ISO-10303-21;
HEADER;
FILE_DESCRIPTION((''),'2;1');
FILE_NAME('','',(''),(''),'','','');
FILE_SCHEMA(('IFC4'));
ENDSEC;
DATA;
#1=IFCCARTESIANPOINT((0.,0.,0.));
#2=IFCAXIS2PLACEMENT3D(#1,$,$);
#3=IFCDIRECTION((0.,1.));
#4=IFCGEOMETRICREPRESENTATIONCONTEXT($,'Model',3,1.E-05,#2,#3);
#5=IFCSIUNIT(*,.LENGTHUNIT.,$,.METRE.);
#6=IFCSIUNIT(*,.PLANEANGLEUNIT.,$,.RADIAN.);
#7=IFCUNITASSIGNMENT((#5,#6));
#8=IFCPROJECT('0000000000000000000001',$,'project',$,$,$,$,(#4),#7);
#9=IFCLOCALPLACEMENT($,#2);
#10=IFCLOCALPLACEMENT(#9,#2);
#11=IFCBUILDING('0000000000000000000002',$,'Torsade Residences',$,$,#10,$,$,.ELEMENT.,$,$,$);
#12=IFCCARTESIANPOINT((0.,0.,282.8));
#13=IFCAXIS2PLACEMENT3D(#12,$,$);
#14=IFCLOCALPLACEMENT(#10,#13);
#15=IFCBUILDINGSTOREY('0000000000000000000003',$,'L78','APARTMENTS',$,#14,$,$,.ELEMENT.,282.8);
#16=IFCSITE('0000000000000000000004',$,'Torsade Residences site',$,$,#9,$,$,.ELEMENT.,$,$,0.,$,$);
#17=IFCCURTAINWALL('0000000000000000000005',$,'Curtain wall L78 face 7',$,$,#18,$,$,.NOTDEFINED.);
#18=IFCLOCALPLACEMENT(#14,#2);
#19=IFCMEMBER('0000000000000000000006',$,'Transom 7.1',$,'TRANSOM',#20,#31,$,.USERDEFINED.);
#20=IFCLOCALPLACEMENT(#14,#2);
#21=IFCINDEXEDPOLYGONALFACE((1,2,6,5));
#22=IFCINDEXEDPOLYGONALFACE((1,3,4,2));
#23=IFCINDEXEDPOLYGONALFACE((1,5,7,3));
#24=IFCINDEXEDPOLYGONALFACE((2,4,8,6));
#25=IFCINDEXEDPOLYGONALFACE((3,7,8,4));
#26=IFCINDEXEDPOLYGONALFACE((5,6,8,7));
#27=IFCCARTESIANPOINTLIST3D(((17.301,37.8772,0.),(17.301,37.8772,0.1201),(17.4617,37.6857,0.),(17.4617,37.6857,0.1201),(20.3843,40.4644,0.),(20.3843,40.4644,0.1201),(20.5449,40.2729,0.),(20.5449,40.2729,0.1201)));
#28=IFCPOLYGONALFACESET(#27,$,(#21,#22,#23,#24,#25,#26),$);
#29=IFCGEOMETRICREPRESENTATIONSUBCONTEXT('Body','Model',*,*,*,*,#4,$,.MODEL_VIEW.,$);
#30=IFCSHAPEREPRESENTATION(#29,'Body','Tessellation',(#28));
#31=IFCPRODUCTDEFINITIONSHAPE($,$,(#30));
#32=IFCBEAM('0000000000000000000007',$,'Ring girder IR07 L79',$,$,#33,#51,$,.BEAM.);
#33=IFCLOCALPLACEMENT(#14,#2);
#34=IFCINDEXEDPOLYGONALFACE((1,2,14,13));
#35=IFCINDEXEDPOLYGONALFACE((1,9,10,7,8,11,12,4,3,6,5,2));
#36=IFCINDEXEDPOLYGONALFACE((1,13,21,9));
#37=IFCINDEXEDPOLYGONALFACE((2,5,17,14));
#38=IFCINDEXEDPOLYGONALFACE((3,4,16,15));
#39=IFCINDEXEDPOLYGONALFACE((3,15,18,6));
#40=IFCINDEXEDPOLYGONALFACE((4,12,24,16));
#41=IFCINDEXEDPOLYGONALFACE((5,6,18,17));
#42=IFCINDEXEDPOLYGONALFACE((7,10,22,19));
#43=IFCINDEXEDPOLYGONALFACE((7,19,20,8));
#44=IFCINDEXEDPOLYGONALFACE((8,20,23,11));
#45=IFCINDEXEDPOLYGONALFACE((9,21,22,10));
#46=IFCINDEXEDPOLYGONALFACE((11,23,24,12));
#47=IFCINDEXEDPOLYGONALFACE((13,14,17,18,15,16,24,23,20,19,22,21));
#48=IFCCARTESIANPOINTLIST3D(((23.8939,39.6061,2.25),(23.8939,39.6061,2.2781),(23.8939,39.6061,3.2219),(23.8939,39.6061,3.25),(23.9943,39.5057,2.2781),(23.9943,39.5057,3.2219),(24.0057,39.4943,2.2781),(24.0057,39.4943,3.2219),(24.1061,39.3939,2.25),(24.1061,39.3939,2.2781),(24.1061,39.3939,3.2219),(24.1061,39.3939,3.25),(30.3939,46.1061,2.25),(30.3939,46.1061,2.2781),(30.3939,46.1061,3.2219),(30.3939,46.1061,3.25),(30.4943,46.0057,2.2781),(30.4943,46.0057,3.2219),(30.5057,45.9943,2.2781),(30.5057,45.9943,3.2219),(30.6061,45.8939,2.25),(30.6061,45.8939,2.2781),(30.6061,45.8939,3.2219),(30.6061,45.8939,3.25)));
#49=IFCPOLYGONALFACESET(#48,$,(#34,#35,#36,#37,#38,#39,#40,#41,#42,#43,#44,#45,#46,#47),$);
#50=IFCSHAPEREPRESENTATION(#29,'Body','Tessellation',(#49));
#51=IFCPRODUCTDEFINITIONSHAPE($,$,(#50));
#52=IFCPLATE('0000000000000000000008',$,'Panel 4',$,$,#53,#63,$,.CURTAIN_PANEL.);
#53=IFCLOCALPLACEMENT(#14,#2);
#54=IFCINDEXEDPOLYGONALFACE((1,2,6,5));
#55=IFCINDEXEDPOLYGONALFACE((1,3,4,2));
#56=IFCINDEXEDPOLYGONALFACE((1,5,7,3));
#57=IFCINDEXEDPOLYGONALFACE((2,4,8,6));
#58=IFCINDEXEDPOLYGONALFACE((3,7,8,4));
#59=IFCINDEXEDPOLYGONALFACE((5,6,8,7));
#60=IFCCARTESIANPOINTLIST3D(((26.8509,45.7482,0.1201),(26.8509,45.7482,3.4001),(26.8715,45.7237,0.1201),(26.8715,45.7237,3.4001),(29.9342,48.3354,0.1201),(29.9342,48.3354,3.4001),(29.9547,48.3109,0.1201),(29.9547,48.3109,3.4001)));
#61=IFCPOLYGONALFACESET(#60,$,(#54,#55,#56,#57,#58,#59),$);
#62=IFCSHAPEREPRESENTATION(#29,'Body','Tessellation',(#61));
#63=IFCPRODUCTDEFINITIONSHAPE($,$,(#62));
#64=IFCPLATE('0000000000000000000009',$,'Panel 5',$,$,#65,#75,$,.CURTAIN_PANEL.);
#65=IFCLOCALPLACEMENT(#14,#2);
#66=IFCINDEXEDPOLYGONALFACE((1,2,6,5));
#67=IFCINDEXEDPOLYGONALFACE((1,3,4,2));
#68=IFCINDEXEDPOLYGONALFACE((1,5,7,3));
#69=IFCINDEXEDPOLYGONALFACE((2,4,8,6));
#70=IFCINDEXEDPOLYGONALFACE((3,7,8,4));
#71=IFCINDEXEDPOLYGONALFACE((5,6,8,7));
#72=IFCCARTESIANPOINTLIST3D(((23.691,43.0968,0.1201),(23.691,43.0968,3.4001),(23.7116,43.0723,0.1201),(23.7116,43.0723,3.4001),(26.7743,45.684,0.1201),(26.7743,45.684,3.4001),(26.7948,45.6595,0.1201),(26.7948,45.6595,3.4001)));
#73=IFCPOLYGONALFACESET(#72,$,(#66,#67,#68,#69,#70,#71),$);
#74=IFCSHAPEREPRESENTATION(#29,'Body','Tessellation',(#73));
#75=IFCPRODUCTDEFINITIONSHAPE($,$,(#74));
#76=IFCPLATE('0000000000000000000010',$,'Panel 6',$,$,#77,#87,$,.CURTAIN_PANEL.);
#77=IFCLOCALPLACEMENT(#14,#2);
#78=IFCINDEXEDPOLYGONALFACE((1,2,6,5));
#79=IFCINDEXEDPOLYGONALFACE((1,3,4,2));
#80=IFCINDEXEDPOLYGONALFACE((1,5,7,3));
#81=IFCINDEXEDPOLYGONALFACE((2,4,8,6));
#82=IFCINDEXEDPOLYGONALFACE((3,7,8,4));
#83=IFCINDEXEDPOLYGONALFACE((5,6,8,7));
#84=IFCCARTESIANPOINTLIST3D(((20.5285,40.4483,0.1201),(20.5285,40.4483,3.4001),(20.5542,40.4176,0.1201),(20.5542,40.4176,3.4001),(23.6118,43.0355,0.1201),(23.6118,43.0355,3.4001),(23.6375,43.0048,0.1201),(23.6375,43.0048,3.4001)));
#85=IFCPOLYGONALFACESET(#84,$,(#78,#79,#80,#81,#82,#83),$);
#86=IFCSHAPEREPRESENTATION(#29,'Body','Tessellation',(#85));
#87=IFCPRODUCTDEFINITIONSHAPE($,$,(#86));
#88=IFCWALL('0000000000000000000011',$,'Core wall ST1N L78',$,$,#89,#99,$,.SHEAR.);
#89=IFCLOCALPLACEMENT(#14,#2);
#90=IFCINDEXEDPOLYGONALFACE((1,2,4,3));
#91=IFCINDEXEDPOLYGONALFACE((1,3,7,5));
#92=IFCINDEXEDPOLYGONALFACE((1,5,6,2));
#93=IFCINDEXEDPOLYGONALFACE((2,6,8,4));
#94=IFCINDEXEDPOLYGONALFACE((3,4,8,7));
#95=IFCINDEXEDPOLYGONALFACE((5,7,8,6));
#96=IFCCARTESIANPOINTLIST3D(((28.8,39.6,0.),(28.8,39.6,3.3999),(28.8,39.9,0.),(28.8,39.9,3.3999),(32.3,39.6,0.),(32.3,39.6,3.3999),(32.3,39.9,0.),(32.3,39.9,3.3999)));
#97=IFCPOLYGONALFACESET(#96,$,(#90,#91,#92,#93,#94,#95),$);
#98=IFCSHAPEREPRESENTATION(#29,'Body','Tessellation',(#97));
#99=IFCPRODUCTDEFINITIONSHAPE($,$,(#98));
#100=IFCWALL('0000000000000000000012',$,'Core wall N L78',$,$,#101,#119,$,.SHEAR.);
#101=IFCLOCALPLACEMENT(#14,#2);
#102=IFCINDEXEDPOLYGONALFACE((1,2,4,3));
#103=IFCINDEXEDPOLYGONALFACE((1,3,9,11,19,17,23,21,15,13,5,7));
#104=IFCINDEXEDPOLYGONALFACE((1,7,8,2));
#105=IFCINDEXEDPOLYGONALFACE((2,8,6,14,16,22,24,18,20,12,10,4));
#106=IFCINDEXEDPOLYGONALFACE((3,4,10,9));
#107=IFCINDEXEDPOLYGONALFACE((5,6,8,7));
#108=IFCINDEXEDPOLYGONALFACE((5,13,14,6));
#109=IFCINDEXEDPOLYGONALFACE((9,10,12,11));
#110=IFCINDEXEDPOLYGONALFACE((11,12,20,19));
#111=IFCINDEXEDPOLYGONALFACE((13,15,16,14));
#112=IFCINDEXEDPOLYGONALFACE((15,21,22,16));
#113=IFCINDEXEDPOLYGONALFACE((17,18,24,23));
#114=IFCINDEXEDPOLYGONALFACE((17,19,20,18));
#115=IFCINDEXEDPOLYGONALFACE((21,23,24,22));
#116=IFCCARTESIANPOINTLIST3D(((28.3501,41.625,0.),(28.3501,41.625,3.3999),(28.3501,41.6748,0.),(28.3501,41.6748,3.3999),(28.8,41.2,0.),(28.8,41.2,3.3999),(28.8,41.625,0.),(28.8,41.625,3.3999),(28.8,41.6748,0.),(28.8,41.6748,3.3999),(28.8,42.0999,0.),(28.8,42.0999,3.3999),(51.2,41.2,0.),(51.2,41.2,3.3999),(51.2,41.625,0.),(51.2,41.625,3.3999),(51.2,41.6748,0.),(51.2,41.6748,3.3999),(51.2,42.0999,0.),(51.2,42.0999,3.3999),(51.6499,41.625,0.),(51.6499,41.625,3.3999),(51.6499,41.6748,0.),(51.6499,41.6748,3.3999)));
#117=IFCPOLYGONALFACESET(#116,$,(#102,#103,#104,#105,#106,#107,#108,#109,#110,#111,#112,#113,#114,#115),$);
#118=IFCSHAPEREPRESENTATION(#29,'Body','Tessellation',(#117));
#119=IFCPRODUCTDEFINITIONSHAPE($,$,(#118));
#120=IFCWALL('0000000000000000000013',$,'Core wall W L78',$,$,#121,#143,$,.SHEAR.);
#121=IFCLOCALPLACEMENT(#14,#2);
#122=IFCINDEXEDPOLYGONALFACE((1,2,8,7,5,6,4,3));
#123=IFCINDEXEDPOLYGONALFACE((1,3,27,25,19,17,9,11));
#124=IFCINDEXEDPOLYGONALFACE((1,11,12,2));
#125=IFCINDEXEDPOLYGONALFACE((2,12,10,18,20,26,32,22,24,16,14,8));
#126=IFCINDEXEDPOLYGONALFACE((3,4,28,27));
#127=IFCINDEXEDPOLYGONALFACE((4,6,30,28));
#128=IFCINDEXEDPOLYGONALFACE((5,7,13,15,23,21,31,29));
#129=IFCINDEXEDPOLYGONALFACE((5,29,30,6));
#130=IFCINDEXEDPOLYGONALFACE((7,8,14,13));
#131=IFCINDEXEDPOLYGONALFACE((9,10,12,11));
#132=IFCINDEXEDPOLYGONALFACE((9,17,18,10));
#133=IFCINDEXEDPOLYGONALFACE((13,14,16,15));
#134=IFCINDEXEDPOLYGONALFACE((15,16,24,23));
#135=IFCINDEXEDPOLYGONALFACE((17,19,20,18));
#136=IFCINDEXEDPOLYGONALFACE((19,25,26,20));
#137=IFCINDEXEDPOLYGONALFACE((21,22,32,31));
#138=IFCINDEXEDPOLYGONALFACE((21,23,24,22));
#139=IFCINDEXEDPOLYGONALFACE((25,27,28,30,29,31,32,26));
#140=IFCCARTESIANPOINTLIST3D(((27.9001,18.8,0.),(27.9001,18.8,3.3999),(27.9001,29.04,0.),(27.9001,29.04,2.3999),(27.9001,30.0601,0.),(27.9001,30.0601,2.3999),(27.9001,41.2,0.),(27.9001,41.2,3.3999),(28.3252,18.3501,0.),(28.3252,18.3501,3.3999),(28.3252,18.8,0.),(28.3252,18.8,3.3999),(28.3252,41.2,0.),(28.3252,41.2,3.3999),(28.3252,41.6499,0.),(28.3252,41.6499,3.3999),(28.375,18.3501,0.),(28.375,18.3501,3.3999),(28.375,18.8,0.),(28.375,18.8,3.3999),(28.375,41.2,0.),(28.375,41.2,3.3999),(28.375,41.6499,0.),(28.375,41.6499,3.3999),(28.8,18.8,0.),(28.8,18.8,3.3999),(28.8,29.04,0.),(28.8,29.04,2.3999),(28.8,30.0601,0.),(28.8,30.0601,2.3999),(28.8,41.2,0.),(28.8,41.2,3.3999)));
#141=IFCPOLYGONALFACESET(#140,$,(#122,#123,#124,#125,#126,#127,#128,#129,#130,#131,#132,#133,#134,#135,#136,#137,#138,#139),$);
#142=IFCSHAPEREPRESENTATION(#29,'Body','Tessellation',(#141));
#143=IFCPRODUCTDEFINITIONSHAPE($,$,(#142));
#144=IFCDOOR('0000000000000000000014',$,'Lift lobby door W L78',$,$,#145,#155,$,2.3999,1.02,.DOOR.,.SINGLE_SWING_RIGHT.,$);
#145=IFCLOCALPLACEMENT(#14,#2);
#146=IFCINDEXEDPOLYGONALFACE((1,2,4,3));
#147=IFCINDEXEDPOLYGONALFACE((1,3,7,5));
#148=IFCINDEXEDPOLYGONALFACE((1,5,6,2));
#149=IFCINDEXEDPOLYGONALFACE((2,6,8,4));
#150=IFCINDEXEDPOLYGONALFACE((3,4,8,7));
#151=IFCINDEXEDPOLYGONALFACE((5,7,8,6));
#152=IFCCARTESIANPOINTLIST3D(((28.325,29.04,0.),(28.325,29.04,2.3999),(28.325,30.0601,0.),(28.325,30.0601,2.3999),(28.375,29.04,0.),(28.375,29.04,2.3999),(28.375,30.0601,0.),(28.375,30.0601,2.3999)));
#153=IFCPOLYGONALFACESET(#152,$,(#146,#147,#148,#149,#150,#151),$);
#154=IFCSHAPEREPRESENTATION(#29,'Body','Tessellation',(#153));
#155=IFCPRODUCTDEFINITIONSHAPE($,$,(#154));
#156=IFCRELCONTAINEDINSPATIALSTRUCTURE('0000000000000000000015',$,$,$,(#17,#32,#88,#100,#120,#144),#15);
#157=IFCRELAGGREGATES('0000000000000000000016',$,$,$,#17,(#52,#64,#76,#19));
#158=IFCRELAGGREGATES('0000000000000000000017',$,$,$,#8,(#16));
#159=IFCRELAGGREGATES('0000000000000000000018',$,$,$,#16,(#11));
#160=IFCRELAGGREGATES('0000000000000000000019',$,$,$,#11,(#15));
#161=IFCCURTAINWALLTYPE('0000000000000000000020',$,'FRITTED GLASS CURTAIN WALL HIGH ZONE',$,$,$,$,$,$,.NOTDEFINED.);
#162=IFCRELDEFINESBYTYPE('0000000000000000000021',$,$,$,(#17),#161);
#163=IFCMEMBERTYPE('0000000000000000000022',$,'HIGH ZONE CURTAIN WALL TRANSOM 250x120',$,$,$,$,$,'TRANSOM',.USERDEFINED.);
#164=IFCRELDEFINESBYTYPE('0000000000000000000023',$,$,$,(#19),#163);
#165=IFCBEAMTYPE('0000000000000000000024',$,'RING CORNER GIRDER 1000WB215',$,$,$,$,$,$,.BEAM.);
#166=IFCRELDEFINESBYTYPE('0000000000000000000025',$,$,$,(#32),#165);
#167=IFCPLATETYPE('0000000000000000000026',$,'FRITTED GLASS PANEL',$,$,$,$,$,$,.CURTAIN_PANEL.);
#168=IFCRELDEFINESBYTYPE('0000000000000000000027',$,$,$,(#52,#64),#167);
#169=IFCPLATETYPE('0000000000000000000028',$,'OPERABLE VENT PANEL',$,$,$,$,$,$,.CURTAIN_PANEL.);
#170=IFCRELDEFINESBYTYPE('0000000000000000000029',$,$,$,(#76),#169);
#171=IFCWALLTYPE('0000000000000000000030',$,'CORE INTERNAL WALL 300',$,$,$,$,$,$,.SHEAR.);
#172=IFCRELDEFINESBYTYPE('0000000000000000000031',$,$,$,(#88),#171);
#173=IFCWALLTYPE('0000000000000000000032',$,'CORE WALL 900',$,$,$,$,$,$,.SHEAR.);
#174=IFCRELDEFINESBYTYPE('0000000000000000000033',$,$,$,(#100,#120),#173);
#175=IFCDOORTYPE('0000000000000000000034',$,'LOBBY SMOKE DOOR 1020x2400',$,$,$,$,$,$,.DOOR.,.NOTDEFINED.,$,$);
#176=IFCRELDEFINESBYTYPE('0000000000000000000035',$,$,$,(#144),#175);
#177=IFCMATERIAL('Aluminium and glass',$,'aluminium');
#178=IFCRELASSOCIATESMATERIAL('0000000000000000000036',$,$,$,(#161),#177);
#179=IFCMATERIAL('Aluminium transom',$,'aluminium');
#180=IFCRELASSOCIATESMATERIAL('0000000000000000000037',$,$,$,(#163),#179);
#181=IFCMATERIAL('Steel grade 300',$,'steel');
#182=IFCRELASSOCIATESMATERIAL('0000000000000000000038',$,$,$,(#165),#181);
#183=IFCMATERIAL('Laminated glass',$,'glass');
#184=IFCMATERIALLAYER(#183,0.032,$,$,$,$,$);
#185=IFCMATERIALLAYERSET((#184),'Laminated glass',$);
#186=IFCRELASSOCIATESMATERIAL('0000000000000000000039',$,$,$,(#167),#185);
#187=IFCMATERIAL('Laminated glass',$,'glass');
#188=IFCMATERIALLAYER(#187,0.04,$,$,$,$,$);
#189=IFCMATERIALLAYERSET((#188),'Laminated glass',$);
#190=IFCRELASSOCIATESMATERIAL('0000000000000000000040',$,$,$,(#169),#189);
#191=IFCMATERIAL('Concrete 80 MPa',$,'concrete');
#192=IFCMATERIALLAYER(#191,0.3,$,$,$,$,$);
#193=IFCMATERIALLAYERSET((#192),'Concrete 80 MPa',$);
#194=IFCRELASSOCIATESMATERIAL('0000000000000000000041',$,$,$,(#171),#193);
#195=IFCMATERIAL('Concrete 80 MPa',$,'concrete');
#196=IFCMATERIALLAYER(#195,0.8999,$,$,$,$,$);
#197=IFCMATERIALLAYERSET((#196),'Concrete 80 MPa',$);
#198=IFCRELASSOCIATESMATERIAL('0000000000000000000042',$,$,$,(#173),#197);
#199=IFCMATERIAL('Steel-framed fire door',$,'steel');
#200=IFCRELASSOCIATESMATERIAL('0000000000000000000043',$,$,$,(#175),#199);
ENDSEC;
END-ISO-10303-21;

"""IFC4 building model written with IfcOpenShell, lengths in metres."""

from ifc_helpers import new_model, si_unit, direction, frame, frame_2d, origin, origin_2d, place, context, subcontext, project, spatial, polyline, rectangle, i_section, outline, extrude, material, layer, layer_set, material_profile, profile_set, type_object, element, fill, aggregate, save


model = new_model("IFC4")

# Units and contexts
model_context = context("Model", 3, precision=1e-05, world=origin(), true_north=direction((0.0, 1.0)))
body_context = subcontext(model_context, "Body", "Model", "MODEL_VIEW")
ifc_project = project(units=[si_unit("LENGTHUNIT", "METRE"), si_unit("PLANEANGLEUNIT", "RADIAN")], contexts=[model_context])

# Site, building, storey
site_placement = place(None, origin())
site = spatial("IfcSite", under=ifc_project, at=site_placement, Name="Torsade Residences site", CompositionType="ELEMENT", RefElevation=0.0)
building_placement = place(site_placement, origin())
building = spatial("IfcBuilding", under=site, at=building_placement, Name="Torsade Residences", CompositionType="ELEMENT")
storey_placement = place(building_placement, frame((0.0, 0.0, 282.8)))
storey = spatial("IfcBuildingStorey", under=building, at=storey_placement, Name="L78", Description="APARTMENTS", CompositionType="ELEMENT", Elevation=282.8)

# Curtain wall, member
ifc_material_1 = material(Name="Aluminium and glass", Category="aluminium")
curtain_wall_type = type_object("IfcCurtainWallType", Name="FRITTED GLASS CURTAIN WALL HIGH ZONE", PredefinedType="NOTDEFINED", material=ifc_material_1)
curtain_wall_placement = place(storey_placement, origin())
curtain_wall = element("IfcCurtainWall", 1, at=curtain_wall_placement, inside=storey, type_object=curtain_wall_type, Name="Curtain wall L78 face 7", PredefinedType="NOTDEFINED")
ifc_material_2 = material(Name="Aluminium transom", Category="aluminium")
ifc_material_profile_1 = material_profile(ifc_material_2, rectangle(XDim=0.25, YDim=0.1201, at=origin_2d()), Name="HIGH ZONE CURTAIN WALL TRANSOM 250x120")
ifc_profile_set_1 = profile_set([ifc_material_profile_1], Name="Aluminium transom")
member_type_1 = type_object("IfcMemberType", Name="HIGH ZONE CURTAIN WALL TRANSOM 250x120", ElementType="TRANSOM", PredefinedType="USERDEFINED", material=ifc_profile_set_1)
member_1_placement = place(storey_placement, frame((20.4646, 40.3687, 0.0601), z_axis=(-0.766044, -0.642788, 0.0), x_axis=(0.642788, -0.766044, 0.0)))
member_1 = element("IfcMember", 2, at=member_1_placement, type_object=member_type_1, Name="Transom 7.1", ObjectType="TRANSOM", PredefinedType="USERDEFINED", context=body_context, shape_type="SweptSolid", body=[
    extrude(rectangle(XDim=0.25, YDim=0.1201, at=origin_2d()), origin(), (0.0, 0.0, 1.0), 4.0249),
])

# Beam
ifc_material_3 = material(Name="Steel grade 300", Category="steel")
ifc_material_profile_2 = material_profile(ifc_material_3, i_section(OverallWidth=0.3, OverallDepth=1.0, WebThickness=0.0161, FlangeThickness=0.0281, at=origin_2d()), Name="1000WB215")
ifc_profile_set_2 = profile_set([ifc_material_profile_2], Name="Steel grade 300")
beam_type_1 = type_object("IfcBeamType", Name="RING CORNER GIRDER 1000WB215", PredefinedType="BEAM", material=ifc_profile_set_2)
beam_1_placement = place(storey_placement, frame((30.5, 46.0, 2.75), z_axis=(-0.707107, -0.707107, 0.0), x_axis=(0.707107, -0.707107, 0.0)))
element("IfcBeam", 3, at=beam_1_placement, inside=storey, type_object=beam_type_1, Name="Ring girder IR07 L79", PredefinedType="BEAM", context=body_context, shape_type="SweptSolid", body=[
    extrude(i_section(OverallWidth=0.3, OverallDepth=1.0, WebThickness=0.0161, FlangeThickness=0.0281, at=origin_2d()), origin(), (0.0, 0.0, 1.0), 9.1924),
])

# Plates
ifc_material_4 = material(Name="Laminated glass", Category="glass")
ifc_layer_1 = layer(ifc_material_4, 0.032)
ifc_layer_set_1 = layer_set([ifc_layer_1], Name="Laminated glass")
plate_type_1 = type_object("IfcPlateType", Name="FRITTED GLASS PANEL", PredefinedType="CURTAIN_PANEL", material=ifc_layer_set_1)
plate_1_placement = place(storey_placement, frame((28.4028, 47.0295, 0.1201), z_axis=(0.0, 0.0, 1.0), x_axis=(-0.766044, -0.642788, 0.0)))
plate_1 = element("IfcPlate", 4, at=plate_1_placement, type_object=plate_type_1, Name="Panel 4", PredefinedType="CURTAIN_PANEL", context=body_context, shape_type="SweptSolid", body=[
    extrude(rectangle(XDim=4.0249, YDim=0.032, at=origin_2d()), origin(), (0.0, 0.0, 1.0), 3.28),
])
plate_2_placement = place(storey_placement, frame((25.2429, 44.3782, 0.1201), z_axis=(0.0, 0.0, 1.0), x_axis=(-0.766044, -0.642788, 0.0)))
plate_2 = element("IfcPlate", 5, at=plate_2_placement, type_object=plate_type_1, Name="Panel 5", PredefinedType="CURTAIN_PANEL", context=body_context, shape_type="SweptSolid", body=[
    extrude(rectangle(XDim=4.0249, YDim=0.032, at=origin_2d()), origin(), (0.0, 0.0, 1.0), 3.28),
])
ifc_material_5 = material(Name="Laminated glass", Category="glass")
ifc_layer_2 = layer(ifc_material_5, 0.04)
ifc_layer_set_2 = layer_set([ifc_layer_2], Name="Laminated glass")
plate_type_2 = type_object("IfcPlateType", Name="OPERABLE VENT PANEL", PredefinedType="CURTAIN_PANEL", material=ifc_layer_set_2)
plate_3_placement = place(storey_placement, frame((22.083, 41.7266, 0.1201), z_axis=(0.0, 0.0, 1.0), x_axis=(-0.766044, -0.642788, 0.0)))
plate_3 = element("IfcPlate", 6, at=plate_3_placement, type_object=plate_type_2, Name="Panel 6", PredefinedType="CURTAIN_PANEL", context=body_context, shape_type="SweptSolid", body=[
    extrude(rectangle(XDim=4.0249, YDim=0.04, at=origin_2d()), origin(), (0.0, 0.0, 1.0), 3.28),
])
aggregate(curtain_wall, [plate_1, plate_2, plate_3, member_1])

# Walls
ifc_material_6 = material(Name="Concrete 80 MPa", Category="concrete")
ifc_layer_3 = layer(ifc_material_6, 0.3)
ifc_layer_set_3 = layer_set([ifc_layer_3], Name="Concrete 80 MPa")
wall_type_1 = type_object("IfcWallType", Name="CORE INTERNAL WALL 300", PredefinedType="SHEAR", material=ifc_layer_set_3)
wall_1_placement = place(storey_placement, frame((28.8, 39.75, 0.0), z_axis=(0.0, 0.0, 1.0), x_axis=(1.0, 0.0, 0.0)))
element("IfcWall", 7, at=wall_1_placement, inside=storey, type_object=wall_type_1, Name="Core wall ST1N L78", PredefinedType="SHEAR", context=body_context, shape_type="SweptSolid", body=[
    extrude(rectangle(XDim=3.5, YDim=0.3, at=frame_2d((1.75, 0.0))), origin(), (0.0, 0.0, 1.0), 3.3999),
])
ifc_material_7 = material(Name="Concrete 80 MPa", Category="concrete")
ifc_layer_4 = layer(ifc_material_7, 0.8999)
ifc_layer_set_4 = layer_set([ifc_layer_4], Name="Concrete 80 MPa")
wall_type_2 = type_object("IfcWallType", Name="CORE WALL 900", PredefinedType="SHEAR", material=ifc_layer_set_4)
wall_2_placement = place(storey_placement, frame((28.8, 41.6499, 0.0), z_axis=(0.0, 0.0, 1.0), x_axis=(1.0, 0.0, 0.0)))
element("IfcWall", 8, at=wall_2_placement, inside=storey, type_object=wall_type_2, Name="Core wall N L78", PredefinedType="SHEAR", context=body_context, shape_type="SweptSolid", body=[
    extrude(outline(polyline([(0.0, -0.45), (22.3999, -0.45), (22.3999, -0.0249), (22.8499, -0.0249), (22.8499, 0.0249), (22.3999, 0.0249), (22.3999, 0.45), (0.0, 0.45), (0.0, 0.0249), (-0.45, 0.0249), (-0.45, -0.0249), (0.0, -0.0249), (0.0, -0.45)])), origin(), (0.0, 0.0, 1.0), 3.3999),
])

# Wall, opening, door
wall_3_placement = place(storey_placement, frame((28.3501, 41.2, 0.0), z_axis=(0.0, 0.0, 1.0), x_axis=(0.0, -1.0, 0.0)))
wall_3 = element("IfcWall", 9, at=wall_3_placement, inside=storey, type_object=wall_type_2, Name="Core wall W L78", PredefinedType="SHEAR", context=body_context, shape_type="SweptSolid", body=[
    extrude(outline(polyline([(0.0, -0.45), (22.3999, -0.45), (22.3999, -0.0249), (22.8499, -0.0249), (22.8499, 0.0249), (22.3999, 0.0249), (22.3999, 0.45), (0.0, 0.45), (0.0, 0.0249), (-0.45, 0.0249), (-0.45, -0.0249), (0.0, -0.0249), (0.0, -0.45)])), origin(), (0.0, 0.0, 1.0), 3.3999),
])
opening_1_placement = place(wall_3_placement, frame((11.1399, 0.0, 0.0)))
opening_1 = element("IfcOpeningElement", 10, at=opening_1_placement, cuts=wall_3, PredefinedType="OPENING", context=body_context, shape_type="SweptSolid", body=[
    extrude(rectangle(XDim=1.02, YDim=2.3999, at=frame_2d((0.51, 1.2))), frame((0.0, 0.46, 0.0), z_axis=(0.0, -1.0, 0.0), x_axis=(1.0, 0.0, 0.0)), (0.0, 0.0, 1.0), 0.9199),
])
ifc_material_8 = material(Name="Steel-framed fire door", Category="steel")
door_type_1 = type_object("IfcDoorType", Name="LOBBY SMOKE DOOR 1020x2400", OperationType="NOTDEFINED", PredefinedType="DOOR", material=ifc_material_8)
door_1_placement = place(opening_1_placement, origin())
door_1 = element("IfcDoor", 11, at=door_1_placement, inside=storey, type_object=door_type_1, Name="Lift lobby door W L78", OperationType="SINGLE_SWING_RIGHT", OverallHeight=2.3999, OverallWidth=1.02, PredefinedType="DOOR", context=body_context, shape_type="SweptSolid", body=[
    extrude(rectangle(XDim=1.02, YDim=2.3999, at=frame_2d((0.51, 1.2))), frame((0.0, 0.0249, 0.0), z_axis=(0.0, -1.0, 0.0), x_axis=(1.0, 0.0, 0.0)), (0.0, 0.0, 1.0), 0.05),
])
fill(opening_1, door_1)

save(model, "model.ifc")
